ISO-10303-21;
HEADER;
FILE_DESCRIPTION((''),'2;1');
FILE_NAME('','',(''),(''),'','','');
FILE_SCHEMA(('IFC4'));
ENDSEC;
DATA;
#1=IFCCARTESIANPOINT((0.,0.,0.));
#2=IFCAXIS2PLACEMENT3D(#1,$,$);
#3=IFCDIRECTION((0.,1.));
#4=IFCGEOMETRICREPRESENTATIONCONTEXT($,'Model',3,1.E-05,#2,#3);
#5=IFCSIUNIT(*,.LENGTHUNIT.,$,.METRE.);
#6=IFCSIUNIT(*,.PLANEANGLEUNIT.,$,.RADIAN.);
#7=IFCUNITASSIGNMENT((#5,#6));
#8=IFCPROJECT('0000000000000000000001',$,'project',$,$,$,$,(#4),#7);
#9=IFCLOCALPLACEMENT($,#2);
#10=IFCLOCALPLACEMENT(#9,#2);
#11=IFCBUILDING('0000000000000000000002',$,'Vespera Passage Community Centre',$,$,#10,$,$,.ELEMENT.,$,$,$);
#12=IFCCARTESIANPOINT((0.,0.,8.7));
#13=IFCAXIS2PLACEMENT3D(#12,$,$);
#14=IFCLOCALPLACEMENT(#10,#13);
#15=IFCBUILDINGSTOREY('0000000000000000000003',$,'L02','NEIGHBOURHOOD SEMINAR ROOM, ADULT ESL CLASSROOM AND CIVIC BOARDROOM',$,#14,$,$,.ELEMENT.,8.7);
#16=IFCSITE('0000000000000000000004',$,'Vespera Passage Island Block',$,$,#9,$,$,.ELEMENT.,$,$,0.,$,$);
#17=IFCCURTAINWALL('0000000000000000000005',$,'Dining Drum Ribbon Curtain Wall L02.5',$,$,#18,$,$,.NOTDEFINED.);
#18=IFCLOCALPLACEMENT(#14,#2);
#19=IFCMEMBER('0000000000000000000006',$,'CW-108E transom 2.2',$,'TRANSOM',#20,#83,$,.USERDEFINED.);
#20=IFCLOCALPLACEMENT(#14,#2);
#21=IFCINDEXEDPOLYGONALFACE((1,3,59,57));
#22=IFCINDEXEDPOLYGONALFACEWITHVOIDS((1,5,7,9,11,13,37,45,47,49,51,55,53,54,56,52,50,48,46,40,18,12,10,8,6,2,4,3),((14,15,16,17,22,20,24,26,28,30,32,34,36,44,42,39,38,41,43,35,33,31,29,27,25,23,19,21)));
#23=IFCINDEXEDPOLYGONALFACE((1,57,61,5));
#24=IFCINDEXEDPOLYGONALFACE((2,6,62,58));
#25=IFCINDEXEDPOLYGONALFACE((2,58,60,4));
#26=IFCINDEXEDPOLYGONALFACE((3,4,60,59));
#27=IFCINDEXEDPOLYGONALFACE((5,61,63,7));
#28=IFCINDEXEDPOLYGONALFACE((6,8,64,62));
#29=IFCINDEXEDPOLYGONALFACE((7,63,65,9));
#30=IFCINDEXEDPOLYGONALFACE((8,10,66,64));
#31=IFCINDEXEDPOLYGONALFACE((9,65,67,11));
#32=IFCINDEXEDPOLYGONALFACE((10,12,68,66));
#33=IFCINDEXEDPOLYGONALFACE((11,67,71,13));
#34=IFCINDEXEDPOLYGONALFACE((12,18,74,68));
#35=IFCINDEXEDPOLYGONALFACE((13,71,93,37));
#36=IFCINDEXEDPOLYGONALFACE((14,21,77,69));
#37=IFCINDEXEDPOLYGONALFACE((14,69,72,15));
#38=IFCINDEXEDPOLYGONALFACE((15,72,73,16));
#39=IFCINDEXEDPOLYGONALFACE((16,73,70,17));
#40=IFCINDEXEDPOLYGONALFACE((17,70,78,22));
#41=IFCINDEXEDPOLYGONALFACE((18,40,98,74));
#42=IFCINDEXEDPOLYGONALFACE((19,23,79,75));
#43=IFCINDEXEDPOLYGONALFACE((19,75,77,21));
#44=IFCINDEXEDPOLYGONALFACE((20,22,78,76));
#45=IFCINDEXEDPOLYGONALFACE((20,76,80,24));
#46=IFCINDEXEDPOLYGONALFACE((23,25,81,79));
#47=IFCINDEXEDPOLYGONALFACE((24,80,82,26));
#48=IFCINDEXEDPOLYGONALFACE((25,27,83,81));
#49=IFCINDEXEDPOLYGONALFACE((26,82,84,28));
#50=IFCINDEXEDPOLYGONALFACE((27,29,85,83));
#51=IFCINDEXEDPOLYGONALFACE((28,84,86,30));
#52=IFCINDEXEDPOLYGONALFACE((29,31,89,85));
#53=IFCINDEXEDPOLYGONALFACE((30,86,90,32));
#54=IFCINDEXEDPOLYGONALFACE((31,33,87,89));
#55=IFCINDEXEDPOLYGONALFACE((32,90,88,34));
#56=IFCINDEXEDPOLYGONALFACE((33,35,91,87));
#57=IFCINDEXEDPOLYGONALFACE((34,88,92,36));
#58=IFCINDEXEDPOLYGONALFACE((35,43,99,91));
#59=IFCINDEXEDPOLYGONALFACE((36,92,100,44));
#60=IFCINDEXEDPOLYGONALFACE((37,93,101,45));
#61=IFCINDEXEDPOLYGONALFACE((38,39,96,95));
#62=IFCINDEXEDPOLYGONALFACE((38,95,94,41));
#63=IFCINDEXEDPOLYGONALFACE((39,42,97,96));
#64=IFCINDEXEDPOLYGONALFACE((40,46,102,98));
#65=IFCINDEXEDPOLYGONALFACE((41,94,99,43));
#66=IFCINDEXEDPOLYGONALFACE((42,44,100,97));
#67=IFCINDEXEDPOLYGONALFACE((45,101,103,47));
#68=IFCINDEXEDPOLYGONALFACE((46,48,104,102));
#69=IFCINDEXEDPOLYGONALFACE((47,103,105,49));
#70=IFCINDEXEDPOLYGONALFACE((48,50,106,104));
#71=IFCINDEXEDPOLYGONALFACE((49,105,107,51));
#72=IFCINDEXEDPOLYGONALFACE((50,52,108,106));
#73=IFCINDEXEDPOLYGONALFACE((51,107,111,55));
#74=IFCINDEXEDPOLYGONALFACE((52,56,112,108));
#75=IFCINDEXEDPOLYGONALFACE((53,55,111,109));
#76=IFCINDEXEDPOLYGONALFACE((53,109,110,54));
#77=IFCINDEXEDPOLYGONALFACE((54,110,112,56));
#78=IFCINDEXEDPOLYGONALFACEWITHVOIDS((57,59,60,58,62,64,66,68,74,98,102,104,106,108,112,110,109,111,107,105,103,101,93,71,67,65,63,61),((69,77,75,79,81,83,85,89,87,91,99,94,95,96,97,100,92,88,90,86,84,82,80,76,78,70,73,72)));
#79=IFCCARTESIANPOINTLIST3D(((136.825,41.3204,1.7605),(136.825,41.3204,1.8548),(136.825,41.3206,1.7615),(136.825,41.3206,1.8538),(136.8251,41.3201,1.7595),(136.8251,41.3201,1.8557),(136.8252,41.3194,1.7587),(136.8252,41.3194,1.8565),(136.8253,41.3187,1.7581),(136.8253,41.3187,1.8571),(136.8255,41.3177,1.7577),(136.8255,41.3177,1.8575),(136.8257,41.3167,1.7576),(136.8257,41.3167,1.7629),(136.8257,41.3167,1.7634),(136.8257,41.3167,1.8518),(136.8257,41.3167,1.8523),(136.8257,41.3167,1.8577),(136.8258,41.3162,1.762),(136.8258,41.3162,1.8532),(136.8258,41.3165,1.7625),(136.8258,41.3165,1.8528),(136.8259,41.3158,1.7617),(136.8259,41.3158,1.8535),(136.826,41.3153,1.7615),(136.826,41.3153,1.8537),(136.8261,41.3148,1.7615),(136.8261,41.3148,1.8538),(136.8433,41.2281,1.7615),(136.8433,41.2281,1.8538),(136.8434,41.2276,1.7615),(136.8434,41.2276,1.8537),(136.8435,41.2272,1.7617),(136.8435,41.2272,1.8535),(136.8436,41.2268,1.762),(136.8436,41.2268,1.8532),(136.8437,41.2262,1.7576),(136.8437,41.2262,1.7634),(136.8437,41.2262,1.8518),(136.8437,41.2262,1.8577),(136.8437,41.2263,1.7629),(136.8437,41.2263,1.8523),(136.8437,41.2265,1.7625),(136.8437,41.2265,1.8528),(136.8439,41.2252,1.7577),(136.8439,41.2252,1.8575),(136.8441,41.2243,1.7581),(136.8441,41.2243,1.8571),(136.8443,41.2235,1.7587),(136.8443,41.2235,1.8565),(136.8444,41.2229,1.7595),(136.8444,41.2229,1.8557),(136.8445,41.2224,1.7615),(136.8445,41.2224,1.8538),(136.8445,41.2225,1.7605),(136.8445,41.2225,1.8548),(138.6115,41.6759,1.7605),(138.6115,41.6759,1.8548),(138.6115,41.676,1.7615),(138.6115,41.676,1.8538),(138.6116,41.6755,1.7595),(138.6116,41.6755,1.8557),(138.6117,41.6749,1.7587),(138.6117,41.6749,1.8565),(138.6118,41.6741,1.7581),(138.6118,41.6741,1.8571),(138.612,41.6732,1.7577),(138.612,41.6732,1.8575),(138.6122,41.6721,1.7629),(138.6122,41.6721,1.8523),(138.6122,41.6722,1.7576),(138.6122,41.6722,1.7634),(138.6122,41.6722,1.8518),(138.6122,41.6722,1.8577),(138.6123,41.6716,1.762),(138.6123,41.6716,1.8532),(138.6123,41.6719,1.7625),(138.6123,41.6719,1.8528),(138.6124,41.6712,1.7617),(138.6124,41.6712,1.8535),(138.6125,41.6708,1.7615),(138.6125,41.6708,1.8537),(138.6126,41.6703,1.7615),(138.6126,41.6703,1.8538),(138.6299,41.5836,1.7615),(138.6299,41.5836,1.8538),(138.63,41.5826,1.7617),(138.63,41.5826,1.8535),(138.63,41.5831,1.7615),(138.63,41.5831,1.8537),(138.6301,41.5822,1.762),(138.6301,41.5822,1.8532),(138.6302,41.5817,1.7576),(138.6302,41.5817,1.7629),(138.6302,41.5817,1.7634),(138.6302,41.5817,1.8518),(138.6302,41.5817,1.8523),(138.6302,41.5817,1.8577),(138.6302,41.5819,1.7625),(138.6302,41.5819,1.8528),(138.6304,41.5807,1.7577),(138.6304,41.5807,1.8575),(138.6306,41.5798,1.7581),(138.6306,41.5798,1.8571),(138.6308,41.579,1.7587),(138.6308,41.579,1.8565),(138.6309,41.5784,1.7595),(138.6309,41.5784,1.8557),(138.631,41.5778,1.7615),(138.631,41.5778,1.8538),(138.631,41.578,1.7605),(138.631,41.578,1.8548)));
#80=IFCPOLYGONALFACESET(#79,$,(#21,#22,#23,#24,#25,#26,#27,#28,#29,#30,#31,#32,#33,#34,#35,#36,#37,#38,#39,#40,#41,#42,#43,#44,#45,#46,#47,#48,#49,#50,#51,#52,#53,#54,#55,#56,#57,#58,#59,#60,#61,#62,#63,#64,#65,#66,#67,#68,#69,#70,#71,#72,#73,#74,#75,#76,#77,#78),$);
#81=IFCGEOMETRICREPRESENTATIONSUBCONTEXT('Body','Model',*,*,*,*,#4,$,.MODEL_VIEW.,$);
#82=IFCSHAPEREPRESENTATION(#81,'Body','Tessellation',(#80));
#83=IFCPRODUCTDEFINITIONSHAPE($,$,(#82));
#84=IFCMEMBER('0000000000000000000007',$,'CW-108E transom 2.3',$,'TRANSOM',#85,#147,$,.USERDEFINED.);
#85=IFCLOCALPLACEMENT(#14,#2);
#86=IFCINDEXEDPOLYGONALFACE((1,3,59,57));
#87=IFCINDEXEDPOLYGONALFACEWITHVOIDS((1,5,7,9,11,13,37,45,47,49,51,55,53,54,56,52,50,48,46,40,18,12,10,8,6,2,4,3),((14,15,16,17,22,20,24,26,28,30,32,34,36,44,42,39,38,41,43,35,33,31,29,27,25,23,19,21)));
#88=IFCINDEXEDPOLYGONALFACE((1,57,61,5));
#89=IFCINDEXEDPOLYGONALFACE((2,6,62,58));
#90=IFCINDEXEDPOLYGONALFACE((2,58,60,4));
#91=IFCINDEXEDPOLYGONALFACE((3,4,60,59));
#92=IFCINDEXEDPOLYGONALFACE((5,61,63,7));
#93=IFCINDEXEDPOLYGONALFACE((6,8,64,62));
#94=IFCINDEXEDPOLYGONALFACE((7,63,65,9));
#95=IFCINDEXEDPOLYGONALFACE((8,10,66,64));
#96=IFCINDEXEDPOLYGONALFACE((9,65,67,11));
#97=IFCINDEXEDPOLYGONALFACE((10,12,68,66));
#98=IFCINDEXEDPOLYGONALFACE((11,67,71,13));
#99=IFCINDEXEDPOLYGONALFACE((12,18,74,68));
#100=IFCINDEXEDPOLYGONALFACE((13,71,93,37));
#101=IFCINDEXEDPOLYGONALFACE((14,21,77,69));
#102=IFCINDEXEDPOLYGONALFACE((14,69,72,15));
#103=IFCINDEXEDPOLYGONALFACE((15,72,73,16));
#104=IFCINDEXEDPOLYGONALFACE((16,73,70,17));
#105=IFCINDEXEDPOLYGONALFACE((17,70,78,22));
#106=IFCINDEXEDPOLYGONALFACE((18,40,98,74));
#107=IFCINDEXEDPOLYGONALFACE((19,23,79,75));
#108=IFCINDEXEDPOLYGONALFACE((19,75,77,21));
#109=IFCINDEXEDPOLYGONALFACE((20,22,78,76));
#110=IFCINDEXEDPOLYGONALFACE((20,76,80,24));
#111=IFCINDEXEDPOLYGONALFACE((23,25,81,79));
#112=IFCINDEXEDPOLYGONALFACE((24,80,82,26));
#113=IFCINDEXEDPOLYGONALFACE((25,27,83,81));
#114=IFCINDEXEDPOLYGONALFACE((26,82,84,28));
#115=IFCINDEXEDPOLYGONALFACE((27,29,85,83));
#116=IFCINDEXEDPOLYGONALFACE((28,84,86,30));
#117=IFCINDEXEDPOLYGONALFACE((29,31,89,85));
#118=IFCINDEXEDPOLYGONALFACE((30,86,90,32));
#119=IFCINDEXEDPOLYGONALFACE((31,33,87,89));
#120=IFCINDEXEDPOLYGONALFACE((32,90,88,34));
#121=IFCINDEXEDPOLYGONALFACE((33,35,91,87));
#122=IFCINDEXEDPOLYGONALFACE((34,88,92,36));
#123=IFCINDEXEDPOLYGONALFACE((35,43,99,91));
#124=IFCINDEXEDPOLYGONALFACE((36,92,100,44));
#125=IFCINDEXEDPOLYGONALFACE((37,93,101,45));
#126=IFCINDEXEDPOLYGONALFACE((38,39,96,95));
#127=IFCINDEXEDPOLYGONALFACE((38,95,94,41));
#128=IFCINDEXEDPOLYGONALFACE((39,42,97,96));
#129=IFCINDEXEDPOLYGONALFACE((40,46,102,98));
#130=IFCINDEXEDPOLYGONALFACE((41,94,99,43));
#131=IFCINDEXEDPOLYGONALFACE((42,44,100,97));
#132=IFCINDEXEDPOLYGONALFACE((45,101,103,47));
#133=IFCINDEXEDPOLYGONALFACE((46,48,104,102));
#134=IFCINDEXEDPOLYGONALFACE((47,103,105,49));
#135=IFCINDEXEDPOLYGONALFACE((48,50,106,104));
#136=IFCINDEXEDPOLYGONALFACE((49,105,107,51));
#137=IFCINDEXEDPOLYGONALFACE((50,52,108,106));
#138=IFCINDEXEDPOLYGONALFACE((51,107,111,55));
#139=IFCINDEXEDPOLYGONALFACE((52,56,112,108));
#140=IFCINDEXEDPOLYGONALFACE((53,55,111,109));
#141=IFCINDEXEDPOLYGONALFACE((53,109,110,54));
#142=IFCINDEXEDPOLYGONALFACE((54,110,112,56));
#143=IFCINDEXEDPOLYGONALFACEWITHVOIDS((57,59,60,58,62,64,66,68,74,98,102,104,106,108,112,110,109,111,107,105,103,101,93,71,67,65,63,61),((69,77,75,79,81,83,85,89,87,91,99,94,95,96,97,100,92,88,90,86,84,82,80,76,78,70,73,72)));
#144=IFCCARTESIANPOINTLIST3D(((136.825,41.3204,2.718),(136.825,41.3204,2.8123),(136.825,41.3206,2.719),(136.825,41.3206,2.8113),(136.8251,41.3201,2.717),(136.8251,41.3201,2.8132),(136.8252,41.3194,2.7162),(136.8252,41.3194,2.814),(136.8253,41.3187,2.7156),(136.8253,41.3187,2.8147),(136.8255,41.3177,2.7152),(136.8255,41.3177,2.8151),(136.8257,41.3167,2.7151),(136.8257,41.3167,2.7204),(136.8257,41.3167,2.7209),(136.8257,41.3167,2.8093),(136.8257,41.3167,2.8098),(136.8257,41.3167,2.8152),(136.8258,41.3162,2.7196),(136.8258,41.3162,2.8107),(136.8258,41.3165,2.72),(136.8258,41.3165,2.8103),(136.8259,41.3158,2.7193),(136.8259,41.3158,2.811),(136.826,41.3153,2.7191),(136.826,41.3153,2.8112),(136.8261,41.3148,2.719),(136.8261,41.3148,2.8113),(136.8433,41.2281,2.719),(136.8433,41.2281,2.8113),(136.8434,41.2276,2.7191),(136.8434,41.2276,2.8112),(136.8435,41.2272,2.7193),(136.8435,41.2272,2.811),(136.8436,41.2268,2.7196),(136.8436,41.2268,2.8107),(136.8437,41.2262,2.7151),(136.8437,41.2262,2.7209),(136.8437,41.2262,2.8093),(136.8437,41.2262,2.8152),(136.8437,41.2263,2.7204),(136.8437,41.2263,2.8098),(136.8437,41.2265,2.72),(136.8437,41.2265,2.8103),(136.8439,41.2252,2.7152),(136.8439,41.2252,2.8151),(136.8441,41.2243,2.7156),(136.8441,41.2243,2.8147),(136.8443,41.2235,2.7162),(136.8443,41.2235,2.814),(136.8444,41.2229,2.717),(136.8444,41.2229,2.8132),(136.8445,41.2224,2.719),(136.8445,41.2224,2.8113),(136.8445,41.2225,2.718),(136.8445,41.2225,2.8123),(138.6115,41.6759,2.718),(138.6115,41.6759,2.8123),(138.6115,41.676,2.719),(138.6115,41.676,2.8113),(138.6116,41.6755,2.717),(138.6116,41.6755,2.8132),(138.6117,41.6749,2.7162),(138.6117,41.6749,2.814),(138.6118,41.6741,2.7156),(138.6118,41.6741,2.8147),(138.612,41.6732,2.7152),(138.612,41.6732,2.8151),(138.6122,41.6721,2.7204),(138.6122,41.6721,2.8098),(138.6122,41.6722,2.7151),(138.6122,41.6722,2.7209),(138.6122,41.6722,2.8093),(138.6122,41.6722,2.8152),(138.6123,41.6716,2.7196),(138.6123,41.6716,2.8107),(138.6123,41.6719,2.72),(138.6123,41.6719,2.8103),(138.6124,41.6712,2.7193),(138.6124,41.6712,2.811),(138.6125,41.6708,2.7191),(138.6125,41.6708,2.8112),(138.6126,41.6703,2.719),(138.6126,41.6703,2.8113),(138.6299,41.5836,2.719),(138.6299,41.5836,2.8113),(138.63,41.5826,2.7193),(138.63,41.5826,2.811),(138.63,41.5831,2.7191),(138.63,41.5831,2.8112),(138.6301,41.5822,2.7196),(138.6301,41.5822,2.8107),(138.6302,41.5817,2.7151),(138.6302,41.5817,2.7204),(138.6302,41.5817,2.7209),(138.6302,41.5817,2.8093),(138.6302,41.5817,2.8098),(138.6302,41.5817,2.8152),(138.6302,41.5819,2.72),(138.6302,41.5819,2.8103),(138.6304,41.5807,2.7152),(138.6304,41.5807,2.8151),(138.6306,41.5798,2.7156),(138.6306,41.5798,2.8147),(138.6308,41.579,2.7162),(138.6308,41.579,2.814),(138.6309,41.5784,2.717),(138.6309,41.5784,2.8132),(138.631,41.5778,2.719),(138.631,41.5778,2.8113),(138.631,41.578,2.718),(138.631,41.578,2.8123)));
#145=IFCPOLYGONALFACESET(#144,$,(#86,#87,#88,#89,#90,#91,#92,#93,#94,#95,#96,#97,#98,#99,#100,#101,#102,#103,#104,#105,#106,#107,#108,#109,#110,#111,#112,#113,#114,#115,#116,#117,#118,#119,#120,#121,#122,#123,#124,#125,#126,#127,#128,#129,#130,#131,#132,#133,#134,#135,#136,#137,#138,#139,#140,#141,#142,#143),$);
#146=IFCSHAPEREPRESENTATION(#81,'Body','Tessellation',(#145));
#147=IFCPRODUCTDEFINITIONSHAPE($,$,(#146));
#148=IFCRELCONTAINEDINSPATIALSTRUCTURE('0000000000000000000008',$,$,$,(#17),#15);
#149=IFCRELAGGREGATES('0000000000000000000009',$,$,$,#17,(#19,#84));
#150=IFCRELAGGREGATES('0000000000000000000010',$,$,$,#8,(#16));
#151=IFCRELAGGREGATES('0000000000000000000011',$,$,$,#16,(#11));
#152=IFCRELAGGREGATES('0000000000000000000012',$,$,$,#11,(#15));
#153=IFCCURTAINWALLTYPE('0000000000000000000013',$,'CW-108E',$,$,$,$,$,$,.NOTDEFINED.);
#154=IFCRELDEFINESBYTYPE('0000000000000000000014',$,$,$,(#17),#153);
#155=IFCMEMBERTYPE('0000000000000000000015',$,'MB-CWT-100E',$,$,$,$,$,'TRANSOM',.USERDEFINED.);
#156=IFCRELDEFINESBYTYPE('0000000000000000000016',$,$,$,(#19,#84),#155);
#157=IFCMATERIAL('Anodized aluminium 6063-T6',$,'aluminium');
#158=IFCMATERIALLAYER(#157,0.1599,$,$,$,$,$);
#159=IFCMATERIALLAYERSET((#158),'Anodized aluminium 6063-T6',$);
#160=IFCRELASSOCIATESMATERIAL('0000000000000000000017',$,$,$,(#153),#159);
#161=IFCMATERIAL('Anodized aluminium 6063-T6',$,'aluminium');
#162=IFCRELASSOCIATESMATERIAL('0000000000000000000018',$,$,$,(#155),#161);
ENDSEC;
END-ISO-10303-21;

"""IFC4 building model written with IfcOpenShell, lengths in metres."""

from ifc_helpers import new_model, si_unit, direction, frame, origin, origin_2d, place, context, subcontext, project, spatial, hollow_rectangle, extrude, material, layer, layer_set, material_profile, profile_set, type_object, element, aggregate, save


model = new_model("IFC4")

# Units and contexts
model_context = context("Model", 3, precision=1e-05, world=origin(), true_north=direction((0.0, 1.0)))
body_context = subcontext(model_context, "Body", "Model", "MODEL_VIEW")
ifc_project = project(units=[si_unit("LENGTHUNIT", "METRE"), si_unit("PLANEANGLEUNIT", "RADIAN")], contexts=[model_context])

# Site, building, storey
site_placement = place(None, origin())
site = spatial("IfcSite", under=ifc_project, at=site_placement, Name="Vespera Passage Island Block", CompositionType="ELEMENT", RefElevation=0.0)
building_placement = place(site_placement, origin())
building = spatial("IfcBuilding", under=site, at=building_placement, Name="Vespera Passage Community Centre", CompositionType="ELEMENT")
storey_placement = place(building_placement, frame((0.0, 0.0, 8.7)))
storey = spatial("IfcBuildingStorey", under=building, at=storey_placement, Name="L02", Description="NEIGHBOURHOOD SEMINAR ROOM, ADULT ESL CLASSROOM AND CIVIC BOARDROOM", CompositionType="ELEMENT", Elevation=8.7)

# Curtain wall
ifc_material_1 = material(Name="Anodized aluminium 6063-T6", Category="aluminium")
ifc_layer_1 = layer(ifc_material_1, 0.1599)
ifc_layer_set_1 = layer_set([ifc_layer_1], Name="Anodized aluminium 6063-T6")
curtain_wall_type_1 = type_object("IfcCurtainWallType", Name="CW-108E", PredefinedType="NOTDEFINED", material=ifc_layer_set_1)
curtain_wall_1_placement = place(storey_placement, origin())
curtain_wall_1 = element("IfcCurtainWall", 1, at=curtain_wall_1_placement, inside=storey, type_object=curtain_wall_type_1, Name="Dining Drum Ribbon Curtain Wall L02.5", PredefinedType="NOTDEFINED")

# Members
ifc_material_2 = material(Name="Anodized aluminium 6063-T6", Category="aluminium")
ifc_material_profile_1 = material_profile(ifc_material_2, hollow_rectangle(XDim=0.1001, YDim=0.1001, WallThickness=0.0039, InnerFilletRadius=0.002, OuterFilletRadius=0.0039, at=origin_2d()), Name="ALU100X100X4")
ifc_profile_set_1 = profile_set([ifc_material_profile_1], Name="Anodized aluminium 6063-T6")
member_type_1 = type_object("IfcMemberType", Name="MB-CWT-100E", ElementType="TRANSOM", PredefinedType="USERDEFINED", material=ifc_profile_set_1)
member_1_placement = place(storey_placement, frame((136.8347, 41.2715, 1.8076), z_axis=(0.980776, 0.195137, 0.0), x_axis=(-0.195137, 0.980776, 0.0)))
member_1 = element("IfcMember", 2, at=member_1_placement, type_object=member_type_1, Name="CW-108E transom 2.2", ObjectType="TRANSOM", PredefinedType="USERDEFINED", context=body_context, shape_type="SweptSolid", body=[
    extrude(hollow_rectangle(XDim=0.1001, YDim=0.1001, WallThickness=0.0039, InnerFilletRadius=0.002, OuterFilletRadius=0.0039, at=origin_2d()), origin(), (0.0, 0.0, 1.0), 1.8215),
])
member_2_placement = place(storey_placement, frame((136.8347, 41.2715, 2.7651), z_axis=(0.980776, 0.195137, 0.0), x_axis=(-0.195137, 0.980776, 0.0)))
member_2 = element("IfcMember", 3, at=member_2_placement, type_object=member_type_1, Name="CW-108E transom 2.3", ObjectType="TRANSOM", PredefinedType="USERDEFINED", context=body_context, shape_type="SweptSolid", body=[
    extrude(hollow_rectangle(XDim=0.1001, YDim=0.1001, WallThickness=0.0039, InnerFilletRadius=0.002, OuterFilletRadius=0.0039, at=origin_2d()), origin(), (0.0, 0.0, 1.0), 1.8215),
])

aggregate(curtain_wall_1, [member_1, member_2])

save(model, "model.ifc")
